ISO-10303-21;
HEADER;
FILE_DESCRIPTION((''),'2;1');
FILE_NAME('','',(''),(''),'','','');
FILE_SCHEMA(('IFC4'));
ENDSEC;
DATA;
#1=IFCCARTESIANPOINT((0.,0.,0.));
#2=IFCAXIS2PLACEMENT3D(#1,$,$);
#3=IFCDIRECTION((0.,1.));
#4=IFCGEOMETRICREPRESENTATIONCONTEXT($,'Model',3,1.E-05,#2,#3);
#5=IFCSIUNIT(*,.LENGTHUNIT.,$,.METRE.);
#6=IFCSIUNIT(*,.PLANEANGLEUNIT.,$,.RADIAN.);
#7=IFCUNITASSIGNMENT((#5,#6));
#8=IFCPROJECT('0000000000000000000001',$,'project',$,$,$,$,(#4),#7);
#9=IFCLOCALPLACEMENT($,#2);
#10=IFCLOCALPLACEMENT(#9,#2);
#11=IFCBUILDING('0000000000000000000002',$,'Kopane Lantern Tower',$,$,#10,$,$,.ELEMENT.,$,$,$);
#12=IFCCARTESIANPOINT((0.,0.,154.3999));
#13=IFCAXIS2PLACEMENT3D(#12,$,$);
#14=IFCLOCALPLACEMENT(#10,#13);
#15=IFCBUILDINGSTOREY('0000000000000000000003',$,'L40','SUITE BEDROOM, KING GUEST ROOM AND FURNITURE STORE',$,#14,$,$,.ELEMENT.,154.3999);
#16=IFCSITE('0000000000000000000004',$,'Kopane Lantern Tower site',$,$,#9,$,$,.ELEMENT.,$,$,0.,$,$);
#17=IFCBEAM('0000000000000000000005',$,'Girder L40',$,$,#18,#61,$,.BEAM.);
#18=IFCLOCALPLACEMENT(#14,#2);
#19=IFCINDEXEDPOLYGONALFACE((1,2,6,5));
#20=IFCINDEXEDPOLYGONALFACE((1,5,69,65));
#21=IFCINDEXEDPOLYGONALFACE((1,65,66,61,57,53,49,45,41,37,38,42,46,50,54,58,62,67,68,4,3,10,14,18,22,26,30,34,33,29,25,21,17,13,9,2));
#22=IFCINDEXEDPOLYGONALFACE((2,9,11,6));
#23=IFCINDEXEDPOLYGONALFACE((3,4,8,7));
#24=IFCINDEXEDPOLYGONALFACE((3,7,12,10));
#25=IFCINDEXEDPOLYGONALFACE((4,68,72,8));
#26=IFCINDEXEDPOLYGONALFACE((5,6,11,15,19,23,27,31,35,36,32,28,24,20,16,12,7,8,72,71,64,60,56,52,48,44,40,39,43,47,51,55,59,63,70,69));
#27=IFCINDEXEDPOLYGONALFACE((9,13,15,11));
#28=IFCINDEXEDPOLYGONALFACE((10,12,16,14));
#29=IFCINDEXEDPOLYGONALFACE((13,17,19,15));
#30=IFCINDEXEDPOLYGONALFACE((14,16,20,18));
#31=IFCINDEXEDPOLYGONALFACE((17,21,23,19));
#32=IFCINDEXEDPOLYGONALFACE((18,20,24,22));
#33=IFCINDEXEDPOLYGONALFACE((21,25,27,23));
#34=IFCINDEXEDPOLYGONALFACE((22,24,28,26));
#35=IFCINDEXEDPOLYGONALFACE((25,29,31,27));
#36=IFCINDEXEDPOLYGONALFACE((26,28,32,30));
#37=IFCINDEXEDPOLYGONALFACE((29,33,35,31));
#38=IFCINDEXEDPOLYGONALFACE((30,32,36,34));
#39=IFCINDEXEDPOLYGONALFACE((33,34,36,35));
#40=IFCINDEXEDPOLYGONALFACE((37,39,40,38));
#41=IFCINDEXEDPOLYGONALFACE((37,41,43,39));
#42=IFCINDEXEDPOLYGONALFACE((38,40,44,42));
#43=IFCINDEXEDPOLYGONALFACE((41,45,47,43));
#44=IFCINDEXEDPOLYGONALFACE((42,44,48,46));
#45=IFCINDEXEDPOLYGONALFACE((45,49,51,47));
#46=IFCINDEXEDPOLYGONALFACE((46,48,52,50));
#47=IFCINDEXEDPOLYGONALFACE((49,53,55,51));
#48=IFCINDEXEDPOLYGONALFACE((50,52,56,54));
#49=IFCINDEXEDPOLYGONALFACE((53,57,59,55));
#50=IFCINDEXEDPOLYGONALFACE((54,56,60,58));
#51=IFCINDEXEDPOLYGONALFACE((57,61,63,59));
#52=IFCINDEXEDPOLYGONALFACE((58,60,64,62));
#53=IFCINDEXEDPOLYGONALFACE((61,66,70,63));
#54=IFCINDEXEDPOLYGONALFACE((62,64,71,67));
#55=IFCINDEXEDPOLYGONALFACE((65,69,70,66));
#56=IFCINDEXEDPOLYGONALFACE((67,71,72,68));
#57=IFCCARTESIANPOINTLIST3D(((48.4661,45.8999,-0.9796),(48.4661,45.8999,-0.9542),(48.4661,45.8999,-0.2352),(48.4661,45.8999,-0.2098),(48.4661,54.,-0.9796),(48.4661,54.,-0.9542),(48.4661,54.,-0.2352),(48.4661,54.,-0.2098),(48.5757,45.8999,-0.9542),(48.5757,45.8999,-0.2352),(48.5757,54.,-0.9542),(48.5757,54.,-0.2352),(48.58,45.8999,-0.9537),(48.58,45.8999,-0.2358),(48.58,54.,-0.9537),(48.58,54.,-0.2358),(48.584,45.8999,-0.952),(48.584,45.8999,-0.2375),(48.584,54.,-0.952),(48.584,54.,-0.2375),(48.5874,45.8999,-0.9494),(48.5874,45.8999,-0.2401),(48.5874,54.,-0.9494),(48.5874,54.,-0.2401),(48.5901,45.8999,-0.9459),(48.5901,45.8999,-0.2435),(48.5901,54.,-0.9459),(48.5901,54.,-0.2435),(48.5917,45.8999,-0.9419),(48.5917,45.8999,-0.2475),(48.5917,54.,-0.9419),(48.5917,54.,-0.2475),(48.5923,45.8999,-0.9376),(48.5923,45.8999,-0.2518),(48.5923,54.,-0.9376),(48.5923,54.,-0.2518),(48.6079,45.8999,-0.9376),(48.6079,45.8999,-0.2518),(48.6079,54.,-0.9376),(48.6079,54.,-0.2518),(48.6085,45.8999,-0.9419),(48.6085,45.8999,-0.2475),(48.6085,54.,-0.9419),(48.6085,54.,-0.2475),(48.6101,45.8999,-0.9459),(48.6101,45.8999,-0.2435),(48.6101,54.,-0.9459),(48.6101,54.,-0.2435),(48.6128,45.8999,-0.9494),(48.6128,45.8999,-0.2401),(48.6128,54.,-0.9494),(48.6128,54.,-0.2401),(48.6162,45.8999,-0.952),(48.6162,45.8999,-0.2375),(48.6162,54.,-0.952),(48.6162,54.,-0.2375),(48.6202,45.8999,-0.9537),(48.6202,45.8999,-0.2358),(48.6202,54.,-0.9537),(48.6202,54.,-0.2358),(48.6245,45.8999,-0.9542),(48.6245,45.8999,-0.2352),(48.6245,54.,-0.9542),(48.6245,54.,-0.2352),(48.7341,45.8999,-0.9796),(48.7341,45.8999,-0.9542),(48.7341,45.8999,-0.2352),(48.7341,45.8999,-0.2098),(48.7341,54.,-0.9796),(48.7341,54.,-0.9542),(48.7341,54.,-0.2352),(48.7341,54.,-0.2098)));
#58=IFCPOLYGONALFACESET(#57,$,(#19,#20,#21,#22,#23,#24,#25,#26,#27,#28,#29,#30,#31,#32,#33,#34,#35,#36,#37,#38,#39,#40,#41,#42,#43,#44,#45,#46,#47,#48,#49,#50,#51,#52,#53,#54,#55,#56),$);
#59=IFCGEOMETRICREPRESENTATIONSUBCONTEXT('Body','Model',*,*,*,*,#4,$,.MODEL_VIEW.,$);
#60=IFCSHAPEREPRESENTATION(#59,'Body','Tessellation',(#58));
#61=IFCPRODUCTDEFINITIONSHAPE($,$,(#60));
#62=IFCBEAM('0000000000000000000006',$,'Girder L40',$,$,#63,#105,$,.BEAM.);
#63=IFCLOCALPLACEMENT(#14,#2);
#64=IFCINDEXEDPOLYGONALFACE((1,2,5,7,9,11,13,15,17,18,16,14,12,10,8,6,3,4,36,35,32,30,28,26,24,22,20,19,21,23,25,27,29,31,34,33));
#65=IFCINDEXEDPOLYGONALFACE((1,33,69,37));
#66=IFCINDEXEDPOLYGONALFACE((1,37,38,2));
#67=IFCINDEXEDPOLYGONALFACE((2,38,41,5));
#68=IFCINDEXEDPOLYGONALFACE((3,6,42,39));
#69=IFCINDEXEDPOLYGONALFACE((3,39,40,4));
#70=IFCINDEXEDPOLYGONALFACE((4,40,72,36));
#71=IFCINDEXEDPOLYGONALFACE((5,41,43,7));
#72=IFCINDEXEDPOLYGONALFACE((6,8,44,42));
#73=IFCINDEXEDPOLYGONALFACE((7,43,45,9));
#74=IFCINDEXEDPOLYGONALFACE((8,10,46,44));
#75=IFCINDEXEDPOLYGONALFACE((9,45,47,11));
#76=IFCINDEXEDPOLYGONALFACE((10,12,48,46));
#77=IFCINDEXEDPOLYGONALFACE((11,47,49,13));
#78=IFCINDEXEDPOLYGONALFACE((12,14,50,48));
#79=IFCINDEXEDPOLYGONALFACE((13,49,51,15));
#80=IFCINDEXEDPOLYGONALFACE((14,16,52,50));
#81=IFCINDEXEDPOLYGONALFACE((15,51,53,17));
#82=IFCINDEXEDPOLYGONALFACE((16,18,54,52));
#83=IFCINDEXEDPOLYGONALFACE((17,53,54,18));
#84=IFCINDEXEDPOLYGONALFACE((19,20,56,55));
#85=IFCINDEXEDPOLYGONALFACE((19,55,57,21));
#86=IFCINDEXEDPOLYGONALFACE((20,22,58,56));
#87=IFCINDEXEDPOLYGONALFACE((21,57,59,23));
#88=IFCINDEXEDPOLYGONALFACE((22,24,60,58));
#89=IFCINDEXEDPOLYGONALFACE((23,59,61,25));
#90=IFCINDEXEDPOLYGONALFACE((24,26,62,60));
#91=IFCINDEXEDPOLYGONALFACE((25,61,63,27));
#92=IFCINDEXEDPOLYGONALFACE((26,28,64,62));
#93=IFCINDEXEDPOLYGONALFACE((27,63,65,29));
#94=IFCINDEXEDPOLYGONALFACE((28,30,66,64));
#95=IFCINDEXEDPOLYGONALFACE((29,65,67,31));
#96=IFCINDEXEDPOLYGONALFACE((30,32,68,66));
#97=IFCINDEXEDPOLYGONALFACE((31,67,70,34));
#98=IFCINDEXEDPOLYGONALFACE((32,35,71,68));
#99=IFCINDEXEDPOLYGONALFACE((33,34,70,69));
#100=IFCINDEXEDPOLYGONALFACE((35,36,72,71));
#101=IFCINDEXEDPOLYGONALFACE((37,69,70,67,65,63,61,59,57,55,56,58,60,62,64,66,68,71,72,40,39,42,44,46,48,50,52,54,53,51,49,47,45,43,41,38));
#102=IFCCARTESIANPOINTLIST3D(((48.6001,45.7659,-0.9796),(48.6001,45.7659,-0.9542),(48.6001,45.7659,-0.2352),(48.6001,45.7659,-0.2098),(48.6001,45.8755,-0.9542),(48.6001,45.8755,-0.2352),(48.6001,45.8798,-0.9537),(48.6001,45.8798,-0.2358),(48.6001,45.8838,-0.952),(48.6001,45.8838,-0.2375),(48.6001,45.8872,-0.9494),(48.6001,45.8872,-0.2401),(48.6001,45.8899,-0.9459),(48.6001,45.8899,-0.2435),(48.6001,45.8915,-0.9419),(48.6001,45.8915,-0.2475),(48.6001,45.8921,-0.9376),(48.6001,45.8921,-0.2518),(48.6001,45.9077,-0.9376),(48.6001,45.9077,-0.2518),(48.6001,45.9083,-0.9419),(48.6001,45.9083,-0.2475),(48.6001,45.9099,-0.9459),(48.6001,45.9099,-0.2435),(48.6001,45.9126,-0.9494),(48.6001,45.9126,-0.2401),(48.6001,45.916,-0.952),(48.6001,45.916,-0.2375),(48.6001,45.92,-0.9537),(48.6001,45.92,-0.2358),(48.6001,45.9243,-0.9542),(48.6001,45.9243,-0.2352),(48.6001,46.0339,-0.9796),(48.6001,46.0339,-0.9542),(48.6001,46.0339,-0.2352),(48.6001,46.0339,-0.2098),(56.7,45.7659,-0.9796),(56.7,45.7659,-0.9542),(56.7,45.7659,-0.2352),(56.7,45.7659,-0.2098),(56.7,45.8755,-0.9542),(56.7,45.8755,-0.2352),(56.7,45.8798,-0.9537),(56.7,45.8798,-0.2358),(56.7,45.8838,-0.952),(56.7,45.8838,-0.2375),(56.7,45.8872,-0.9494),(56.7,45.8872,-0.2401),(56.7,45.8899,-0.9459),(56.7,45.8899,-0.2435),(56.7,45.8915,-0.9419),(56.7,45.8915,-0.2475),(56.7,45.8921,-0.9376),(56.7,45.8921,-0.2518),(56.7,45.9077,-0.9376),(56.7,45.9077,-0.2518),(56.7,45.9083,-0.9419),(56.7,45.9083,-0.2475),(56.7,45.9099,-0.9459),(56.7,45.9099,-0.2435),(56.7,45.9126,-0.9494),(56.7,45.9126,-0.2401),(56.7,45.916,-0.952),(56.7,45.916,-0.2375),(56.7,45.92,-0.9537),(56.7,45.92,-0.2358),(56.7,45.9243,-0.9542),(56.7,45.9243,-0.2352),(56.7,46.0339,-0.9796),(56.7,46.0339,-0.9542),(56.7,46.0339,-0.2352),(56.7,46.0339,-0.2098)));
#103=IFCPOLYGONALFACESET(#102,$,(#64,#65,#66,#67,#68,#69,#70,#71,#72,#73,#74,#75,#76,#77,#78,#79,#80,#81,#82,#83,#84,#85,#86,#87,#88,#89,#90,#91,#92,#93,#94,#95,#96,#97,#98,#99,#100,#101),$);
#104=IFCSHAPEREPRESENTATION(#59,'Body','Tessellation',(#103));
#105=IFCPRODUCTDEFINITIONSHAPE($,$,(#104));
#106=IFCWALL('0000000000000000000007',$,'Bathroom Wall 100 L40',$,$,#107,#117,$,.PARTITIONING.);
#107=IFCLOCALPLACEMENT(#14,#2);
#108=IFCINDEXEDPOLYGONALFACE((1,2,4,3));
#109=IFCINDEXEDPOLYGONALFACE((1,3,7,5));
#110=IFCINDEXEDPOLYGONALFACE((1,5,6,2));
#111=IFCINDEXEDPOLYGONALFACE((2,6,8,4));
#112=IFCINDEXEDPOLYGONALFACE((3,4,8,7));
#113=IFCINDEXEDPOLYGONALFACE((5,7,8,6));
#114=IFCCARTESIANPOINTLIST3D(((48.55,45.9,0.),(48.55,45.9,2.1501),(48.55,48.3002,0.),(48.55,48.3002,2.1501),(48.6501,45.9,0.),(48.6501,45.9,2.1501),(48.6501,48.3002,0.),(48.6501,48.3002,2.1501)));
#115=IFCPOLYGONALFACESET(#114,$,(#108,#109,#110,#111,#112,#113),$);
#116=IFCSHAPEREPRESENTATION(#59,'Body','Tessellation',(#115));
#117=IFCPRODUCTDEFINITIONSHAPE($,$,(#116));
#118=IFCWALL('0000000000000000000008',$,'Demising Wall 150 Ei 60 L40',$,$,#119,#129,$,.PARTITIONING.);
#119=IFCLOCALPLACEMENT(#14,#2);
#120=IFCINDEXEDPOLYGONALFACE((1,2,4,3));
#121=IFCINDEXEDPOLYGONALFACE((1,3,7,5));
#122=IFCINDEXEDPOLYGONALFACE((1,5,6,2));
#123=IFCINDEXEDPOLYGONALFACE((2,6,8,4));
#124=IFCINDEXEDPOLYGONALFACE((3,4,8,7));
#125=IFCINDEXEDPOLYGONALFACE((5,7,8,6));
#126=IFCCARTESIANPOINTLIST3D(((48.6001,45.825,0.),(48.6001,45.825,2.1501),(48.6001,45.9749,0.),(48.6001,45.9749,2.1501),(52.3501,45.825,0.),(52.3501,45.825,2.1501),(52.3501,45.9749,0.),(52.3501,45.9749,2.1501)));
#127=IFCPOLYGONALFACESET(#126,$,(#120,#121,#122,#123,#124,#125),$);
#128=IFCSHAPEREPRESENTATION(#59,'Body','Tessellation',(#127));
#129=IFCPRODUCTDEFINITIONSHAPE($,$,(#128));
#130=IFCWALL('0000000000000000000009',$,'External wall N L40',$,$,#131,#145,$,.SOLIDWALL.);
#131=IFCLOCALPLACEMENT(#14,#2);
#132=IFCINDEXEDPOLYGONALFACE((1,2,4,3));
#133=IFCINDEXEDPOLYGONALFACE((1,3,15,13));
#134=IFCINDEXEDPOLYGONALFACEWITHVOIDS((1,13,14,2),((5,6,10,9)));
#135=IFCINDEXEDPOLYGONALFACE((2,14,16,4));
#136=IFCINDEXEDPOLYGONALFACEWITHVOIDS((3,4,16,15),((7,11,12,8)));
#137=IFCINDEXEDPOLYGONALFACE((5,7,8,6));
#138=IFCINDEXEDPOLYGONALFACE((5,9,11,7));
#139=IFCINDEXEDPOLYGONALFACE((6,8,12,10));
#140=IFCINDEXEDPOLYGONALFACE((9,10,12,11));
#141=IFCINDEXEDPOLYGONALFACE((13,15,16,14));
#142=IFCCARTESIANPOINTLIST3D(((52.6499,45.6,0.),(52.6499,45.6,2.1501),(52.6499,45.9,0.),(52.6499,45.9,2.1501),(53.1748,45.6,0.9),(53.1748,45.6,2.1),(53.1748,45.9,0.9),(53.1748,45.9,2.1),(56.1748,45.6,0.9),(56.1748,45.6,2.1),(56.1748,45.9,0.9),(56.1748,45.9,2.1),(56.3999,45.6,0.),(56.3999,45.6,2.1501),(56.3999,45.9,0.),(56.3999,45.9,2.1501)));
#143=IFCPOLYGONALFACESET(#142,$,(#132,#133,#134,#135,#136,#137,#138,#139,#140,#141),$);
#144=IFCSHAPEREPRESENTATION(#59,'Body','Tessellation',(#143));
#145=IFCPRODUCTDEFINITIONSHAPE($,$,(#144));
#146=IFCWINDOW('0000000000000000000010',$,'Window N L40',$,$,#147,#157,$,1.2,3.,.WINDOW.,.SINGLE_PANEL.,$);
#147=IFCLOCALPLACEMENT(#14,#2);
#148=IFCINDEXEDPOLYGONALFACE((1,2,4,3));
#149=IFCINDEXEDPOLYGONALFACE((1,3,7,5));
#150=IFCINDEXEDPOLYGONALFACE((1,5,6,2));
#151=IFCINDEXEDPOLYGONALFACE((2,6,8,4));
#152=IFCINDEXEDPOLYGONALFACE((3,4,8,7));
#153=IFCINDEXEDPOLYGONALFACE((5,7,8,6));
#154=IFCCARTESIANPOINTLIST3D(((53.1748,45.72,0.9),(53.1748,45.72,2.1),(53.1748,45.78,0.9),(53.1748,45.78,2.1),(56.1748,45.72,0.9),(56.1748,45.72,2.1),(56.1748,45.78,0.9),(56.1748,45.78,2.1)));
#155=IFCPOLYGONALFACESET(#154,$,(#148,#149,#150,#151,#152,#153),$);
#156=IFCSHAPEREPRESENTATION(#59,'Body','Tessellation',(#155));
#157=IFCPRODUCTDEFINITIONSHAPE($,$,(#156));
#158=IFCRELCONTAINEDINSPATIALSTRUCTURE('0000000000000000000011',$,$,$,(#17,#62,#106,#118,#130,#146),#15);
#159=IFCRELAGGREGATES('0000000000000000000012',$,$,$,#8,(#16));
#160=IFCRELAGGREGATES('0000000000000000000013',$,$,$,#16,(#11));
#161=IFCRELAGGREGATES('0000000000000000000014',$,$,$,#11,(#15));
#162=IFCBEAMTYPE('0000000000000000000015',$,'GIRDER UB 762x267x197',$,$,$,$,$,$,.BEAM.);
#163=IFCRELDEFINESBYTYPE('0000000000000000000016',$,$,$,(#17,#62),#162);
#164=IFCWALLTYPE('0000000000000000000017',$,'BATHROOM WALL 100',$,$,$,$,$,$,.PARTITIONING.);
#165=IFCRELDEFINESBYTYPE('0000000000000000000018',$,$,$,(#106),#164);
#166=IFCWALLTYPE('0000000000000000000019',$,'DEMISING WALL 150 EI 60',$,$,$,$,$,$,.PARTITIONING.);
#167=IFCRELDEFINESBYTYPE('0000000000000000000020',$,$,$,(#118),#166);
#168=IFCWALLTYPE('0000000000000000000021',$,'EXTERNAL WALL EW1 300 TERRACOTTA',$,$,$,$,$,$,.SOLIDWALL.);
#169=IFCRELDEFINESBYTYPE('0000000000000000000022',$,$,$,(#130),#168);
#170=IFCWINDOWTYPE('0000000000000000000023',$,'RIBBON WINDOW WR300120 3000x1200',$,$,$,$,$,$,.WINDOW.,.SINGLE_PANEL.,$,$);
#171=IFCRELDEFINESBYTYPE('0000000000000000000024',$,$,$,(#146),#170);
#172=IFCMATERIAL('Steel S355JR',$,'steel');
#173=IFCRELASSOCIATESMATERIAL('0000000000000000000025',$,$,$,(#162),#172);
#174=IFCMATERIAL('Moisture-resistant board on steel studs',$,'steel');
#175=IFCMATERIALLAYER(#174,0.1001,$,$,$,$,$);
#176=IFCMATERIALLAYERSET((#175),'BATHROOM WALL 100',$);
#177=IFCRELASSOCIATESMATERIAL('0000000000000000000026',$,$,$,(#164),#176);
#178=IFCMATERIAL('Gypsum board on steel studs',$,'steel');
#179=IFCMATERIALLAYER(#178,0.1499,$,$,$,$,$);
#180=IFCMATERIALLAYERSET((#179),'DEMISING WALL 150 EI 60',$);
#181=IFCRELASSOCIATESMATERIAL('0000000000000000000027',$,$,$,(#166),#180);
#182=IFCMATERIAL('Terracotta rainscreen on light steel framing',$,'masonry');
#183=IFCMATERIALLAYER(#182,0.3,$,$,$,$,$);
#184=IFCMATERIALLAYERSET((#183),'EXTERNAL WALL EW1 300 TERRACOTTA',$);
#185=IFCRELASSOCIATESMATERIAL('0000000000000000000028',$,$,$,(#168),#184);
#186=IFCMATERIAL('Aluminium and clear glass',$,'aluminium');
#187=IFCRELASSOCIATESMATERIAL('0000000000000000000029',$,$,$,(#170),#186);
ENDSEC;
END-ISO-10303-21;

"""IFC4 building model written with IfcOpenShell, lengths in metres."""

from ifc_helpers import new_model, si_unit, direction, frame, frame_2d, origin, origin_2d, place, context, subcontext, project, spatial, rectangle, i_section, extrude, material, layer, layer_set, material_profile, profile_set, type_object, element, fill, save


model = new_model("IFC4")

# Units and contexts
model_context = context("Model", 3, precision=1e-05, world=origin(), true_north=direction((0.0, 1.0)))
body_context = subcontext(model_context, "Body", "Model", "MODEL_VIEW")
ifc_project = project(units=[si_unit("LENGTHUNIT", "METRE"), si_unit("PLANEANGLEUNIT", "RADIAN")], contexts=[model_context])

# Site, building, storey
site_placement = place(None, origin())
site = spatial("IfcSite", under=ifc_project, at=site_placement, Name="Kopane Lantern Tower site", CompositionType="ELEMENT", RefElevation=0.0)
building_placement = place(site_placement, origin())
building = spatial("IfcBuilding", under=site, at=building_placement, Name="Kopane Lantern Tower", CompositionType="ELEMENT")
storey_placement = place(building_placement, frame((0.0, 0.0, 154.3999)))
storey = spatial("IfcBuildingStorey", under=building, at=storey_placement, Name="L40", Description="SUITE BEDROOM, KING GUEST ROOM AND FURNITURE STORE", CompositionType="ELEMENT", Elevation=154.3999)

# Beams
ifc_material_1 = material(Name="Steel S355JR", Category="steel")
ifc_material_profile_1 = material_profile(ifc_material_1, i_section(OverallWidth=0.2681, OverallDepth=0.7698, WebThickness=0.0156, FlangeThickness=0.0254, FilletRadius=0.0166, at=origin_2d()), Name="UB 762x267x197")
ifc_profile_set_1 = profile_set([ifc_material_profile_1], Name="Steel S355JR")
beam_type_1 = type_object("IfcBeamType", Name="GIRDER UB 762x267x197", PredefinedType="BEAM", material=ifc_profile_set_1)
beam_1_placement = place(storey_placement, frame((48.6001, 45.8999, -0.5947), z_axis=(0.0, 1.0, 0.0), x_axis=(-1.0, 0.0, 0.0)))
element("IfcBeam", 1, at=beam_1_placement, inside=storey, type_object=beam_type_1, Name="Girder L40", PredefinedType="BEAM", context=body_context, shape_type="SweptSolid", body=[
    extrude(i_section(OverallWidth=0.2681, OverallDepth=0.7698, WebThickness=0.0156, FlangeThickness=0.0254, FilletRadius=0.0166, at=origin_2d()), origin(), (0.0, 0.0, 1.0), 8.1001),
])
beam_2_placement = place(storey_placement, frame((48.6001, 45.8999, -0.5947), z_axis=(1.0, 0.0, 0.0), x_axis=(0.0, 1.0, 0.0)))
element("IfcBeam", 2, at=beam_2_placement, inside=storey, type_object=beam_type_1, Name="Girder L40", PredefinedType="BEAM", context=body_context, shape_type="SweptSolid", body=[
    extrude(i_section(OverallWidth=0.2681, OverallDepth=0.7698, WebThickness=0.0156, FlangeThickness=0.0254, FilletRadius=0.0166, at=origin_2d()), origin(), (0.0, 0.0, 1.0), 8.0999),
])

# Walls
ifc_material_2 = material(Name="Moisture-resistant board on steel studs", Category="steel")
ifc_layer_1 = layer(ifc_material_2, 0.1001)
ifc_layer_set_1 = layer_set([ifc_layer_1], Name="BATHROOM WALL 100")
wall_type_1 = type_object("IfcWallType", Name="BATHROOM WALL 100", PredefinedType="PARTITIONING", material=ifc_layer_set_1)
wall_1_placement = place(storey_placement, frame((48.6001, 45.8999, 0.0), z_axis=(0.0, 0.0, 1.0), x_axis=(0.0, 1.0, 0.0)))
element("IfcWall", 3, at=wall_1_placement, inside=storey, type_object=wall_type_1, Name="Bathroom Wall 100 L40", PredefinedType="PARTITIONING", context=body_context, shape_type="SweptSolid", body=[
    extrude(rectangle(XDim=2.4001, YDim=0.1001, at=frame_2d((1.2002, 0.0))), origin(), (0.0, 0.0, 1.0), 2.1501),
])
ifc_material_3 = material(Name="Gypsum board on steel studs", Category="steel")
ifc_layer_2 = layer(ifc_material_3, 0.1499)
ifc_layer_set_2 = layer_set([ifc_layer_2], Name="DEMISING WALL 150 EI 60")
wall_type_2 = type_object("IfcWallType", Name="DEMISING WALL 150 EI 60", PredefinedType="PARTITIONING", material=ifc_layer_set_2)
wall_2_placement = place(storey_placement, frame((48.6001, 45.8999, 0.0), z_axis=(0.0, 0.0, 1.0), x_axis=(1.0, 0.0, 0.0)))
element("IfcWall", 4, at=wall_2_placement, inside=storey, type_object=wall_type_2, Name="Demising Wall 150 Ei 60 L40", PredefinedType="PARTITIONING", context=body_context, shape_type="SweptSolid", body=[
    extrude(rectangle(XDim=3.75, YDim=0.1499, at=frame_2d((1.875, 0.0))), origin(), (0.0, 0.0, 1.0), 2.1501),
])

# Wall, opening, window
ifc_material_4 = material(Name="Terracotta rainscreen on light steel framing", Category="masonry")
ifc_layer_3 = layer(ifc_material_4, 0.3)
ifc_layer_set_3 = layer_set([ifc_layer_3], Name="EXTERNAL WALL EW1 300 TERRACOTTA")
wall_type_3 = type_object("IfcWallType", Name="EXTERNAL WALL EW1 300 TERRACOTTA", PredefinedType="SOLIDWALL", material=ifc_layer_set_3)
wall_3_placement = place(storey_placement, frame((56.3999, 45.75, 0.0), z_axis=(0.0, 0.0, 1.0), x_axis=(-1.0, 0.0, 0.0)))
wall_3 = element("IfcWall", 5, at=wall_3_placement, inside=storey, type_object=wall_type_3, Name="External wall N L40", PredefinedType="SOLIDWALL", context=body_context, shape_type="SweptSolid", body=[
    extrude(rectangle(XDim=3.75, YDim=0.3, at=frame_2d((1.875, 0.0))), origin(), (0.0, 0.0, 1.0), 2.1501),
])
opening_1_placement = place(wall_3_placement, frame((0.2251, 0.0, 0.8999)))
opening_1 = element("IfcOpeningElement", 6, at=opening_1_placement, cuts=wall_3, PredefinedType="OPENING", context=body_context, shape_type="SweptSolid", body=[
    extrude(rectangle(XDim=3.0, YDim=1.2, at=frame_2d((1.5, 0.6001))), frame((0.0, 0.1599, 0.0), z_axis=(0.0, -1.0, 0.0), x_axis=(1.0, 0.0, 0.0)), (0.0, 0.0, 1.0), 0.3201),
])
ifc_material_5 = material(Name="Aluminium and clear glass", Category="aluminium")
window_type = type_object("IfcWindowType", Name="RIBBON WINDOW WR300120 3000x1200", PartitioningType="SINGLE_PANEL", PredefinedType="WINDOW", material=ifc_material_5)
window_1_placement = place(opening_1_placement, origin())
window_1 = element("IfcWindow", 7, at=window_1_placement, inside=storey, type_object=window_type, Name="Window N L40", OverallHeight=1.2, OverallWidth=3.0, PartitioningType="SINGLE_PANEL", PredefinedType="WINDOW", context=body_context, shape_type="SweptSolid", body=[
    extrude(rectangle(XDim=3.0, YDim=1.2, at=frame_2d((1.5, 0.6001))), frame((0.0, 0.03, 0.0), z_axis=(0.0, -1.0, 0.0), x_axis=(1.0, 0.0, 0.0)), (0.0, 0.0, 1.0), 0.0601),
])
fill(opening_1, window_1)

save(model, "model.ifc")
